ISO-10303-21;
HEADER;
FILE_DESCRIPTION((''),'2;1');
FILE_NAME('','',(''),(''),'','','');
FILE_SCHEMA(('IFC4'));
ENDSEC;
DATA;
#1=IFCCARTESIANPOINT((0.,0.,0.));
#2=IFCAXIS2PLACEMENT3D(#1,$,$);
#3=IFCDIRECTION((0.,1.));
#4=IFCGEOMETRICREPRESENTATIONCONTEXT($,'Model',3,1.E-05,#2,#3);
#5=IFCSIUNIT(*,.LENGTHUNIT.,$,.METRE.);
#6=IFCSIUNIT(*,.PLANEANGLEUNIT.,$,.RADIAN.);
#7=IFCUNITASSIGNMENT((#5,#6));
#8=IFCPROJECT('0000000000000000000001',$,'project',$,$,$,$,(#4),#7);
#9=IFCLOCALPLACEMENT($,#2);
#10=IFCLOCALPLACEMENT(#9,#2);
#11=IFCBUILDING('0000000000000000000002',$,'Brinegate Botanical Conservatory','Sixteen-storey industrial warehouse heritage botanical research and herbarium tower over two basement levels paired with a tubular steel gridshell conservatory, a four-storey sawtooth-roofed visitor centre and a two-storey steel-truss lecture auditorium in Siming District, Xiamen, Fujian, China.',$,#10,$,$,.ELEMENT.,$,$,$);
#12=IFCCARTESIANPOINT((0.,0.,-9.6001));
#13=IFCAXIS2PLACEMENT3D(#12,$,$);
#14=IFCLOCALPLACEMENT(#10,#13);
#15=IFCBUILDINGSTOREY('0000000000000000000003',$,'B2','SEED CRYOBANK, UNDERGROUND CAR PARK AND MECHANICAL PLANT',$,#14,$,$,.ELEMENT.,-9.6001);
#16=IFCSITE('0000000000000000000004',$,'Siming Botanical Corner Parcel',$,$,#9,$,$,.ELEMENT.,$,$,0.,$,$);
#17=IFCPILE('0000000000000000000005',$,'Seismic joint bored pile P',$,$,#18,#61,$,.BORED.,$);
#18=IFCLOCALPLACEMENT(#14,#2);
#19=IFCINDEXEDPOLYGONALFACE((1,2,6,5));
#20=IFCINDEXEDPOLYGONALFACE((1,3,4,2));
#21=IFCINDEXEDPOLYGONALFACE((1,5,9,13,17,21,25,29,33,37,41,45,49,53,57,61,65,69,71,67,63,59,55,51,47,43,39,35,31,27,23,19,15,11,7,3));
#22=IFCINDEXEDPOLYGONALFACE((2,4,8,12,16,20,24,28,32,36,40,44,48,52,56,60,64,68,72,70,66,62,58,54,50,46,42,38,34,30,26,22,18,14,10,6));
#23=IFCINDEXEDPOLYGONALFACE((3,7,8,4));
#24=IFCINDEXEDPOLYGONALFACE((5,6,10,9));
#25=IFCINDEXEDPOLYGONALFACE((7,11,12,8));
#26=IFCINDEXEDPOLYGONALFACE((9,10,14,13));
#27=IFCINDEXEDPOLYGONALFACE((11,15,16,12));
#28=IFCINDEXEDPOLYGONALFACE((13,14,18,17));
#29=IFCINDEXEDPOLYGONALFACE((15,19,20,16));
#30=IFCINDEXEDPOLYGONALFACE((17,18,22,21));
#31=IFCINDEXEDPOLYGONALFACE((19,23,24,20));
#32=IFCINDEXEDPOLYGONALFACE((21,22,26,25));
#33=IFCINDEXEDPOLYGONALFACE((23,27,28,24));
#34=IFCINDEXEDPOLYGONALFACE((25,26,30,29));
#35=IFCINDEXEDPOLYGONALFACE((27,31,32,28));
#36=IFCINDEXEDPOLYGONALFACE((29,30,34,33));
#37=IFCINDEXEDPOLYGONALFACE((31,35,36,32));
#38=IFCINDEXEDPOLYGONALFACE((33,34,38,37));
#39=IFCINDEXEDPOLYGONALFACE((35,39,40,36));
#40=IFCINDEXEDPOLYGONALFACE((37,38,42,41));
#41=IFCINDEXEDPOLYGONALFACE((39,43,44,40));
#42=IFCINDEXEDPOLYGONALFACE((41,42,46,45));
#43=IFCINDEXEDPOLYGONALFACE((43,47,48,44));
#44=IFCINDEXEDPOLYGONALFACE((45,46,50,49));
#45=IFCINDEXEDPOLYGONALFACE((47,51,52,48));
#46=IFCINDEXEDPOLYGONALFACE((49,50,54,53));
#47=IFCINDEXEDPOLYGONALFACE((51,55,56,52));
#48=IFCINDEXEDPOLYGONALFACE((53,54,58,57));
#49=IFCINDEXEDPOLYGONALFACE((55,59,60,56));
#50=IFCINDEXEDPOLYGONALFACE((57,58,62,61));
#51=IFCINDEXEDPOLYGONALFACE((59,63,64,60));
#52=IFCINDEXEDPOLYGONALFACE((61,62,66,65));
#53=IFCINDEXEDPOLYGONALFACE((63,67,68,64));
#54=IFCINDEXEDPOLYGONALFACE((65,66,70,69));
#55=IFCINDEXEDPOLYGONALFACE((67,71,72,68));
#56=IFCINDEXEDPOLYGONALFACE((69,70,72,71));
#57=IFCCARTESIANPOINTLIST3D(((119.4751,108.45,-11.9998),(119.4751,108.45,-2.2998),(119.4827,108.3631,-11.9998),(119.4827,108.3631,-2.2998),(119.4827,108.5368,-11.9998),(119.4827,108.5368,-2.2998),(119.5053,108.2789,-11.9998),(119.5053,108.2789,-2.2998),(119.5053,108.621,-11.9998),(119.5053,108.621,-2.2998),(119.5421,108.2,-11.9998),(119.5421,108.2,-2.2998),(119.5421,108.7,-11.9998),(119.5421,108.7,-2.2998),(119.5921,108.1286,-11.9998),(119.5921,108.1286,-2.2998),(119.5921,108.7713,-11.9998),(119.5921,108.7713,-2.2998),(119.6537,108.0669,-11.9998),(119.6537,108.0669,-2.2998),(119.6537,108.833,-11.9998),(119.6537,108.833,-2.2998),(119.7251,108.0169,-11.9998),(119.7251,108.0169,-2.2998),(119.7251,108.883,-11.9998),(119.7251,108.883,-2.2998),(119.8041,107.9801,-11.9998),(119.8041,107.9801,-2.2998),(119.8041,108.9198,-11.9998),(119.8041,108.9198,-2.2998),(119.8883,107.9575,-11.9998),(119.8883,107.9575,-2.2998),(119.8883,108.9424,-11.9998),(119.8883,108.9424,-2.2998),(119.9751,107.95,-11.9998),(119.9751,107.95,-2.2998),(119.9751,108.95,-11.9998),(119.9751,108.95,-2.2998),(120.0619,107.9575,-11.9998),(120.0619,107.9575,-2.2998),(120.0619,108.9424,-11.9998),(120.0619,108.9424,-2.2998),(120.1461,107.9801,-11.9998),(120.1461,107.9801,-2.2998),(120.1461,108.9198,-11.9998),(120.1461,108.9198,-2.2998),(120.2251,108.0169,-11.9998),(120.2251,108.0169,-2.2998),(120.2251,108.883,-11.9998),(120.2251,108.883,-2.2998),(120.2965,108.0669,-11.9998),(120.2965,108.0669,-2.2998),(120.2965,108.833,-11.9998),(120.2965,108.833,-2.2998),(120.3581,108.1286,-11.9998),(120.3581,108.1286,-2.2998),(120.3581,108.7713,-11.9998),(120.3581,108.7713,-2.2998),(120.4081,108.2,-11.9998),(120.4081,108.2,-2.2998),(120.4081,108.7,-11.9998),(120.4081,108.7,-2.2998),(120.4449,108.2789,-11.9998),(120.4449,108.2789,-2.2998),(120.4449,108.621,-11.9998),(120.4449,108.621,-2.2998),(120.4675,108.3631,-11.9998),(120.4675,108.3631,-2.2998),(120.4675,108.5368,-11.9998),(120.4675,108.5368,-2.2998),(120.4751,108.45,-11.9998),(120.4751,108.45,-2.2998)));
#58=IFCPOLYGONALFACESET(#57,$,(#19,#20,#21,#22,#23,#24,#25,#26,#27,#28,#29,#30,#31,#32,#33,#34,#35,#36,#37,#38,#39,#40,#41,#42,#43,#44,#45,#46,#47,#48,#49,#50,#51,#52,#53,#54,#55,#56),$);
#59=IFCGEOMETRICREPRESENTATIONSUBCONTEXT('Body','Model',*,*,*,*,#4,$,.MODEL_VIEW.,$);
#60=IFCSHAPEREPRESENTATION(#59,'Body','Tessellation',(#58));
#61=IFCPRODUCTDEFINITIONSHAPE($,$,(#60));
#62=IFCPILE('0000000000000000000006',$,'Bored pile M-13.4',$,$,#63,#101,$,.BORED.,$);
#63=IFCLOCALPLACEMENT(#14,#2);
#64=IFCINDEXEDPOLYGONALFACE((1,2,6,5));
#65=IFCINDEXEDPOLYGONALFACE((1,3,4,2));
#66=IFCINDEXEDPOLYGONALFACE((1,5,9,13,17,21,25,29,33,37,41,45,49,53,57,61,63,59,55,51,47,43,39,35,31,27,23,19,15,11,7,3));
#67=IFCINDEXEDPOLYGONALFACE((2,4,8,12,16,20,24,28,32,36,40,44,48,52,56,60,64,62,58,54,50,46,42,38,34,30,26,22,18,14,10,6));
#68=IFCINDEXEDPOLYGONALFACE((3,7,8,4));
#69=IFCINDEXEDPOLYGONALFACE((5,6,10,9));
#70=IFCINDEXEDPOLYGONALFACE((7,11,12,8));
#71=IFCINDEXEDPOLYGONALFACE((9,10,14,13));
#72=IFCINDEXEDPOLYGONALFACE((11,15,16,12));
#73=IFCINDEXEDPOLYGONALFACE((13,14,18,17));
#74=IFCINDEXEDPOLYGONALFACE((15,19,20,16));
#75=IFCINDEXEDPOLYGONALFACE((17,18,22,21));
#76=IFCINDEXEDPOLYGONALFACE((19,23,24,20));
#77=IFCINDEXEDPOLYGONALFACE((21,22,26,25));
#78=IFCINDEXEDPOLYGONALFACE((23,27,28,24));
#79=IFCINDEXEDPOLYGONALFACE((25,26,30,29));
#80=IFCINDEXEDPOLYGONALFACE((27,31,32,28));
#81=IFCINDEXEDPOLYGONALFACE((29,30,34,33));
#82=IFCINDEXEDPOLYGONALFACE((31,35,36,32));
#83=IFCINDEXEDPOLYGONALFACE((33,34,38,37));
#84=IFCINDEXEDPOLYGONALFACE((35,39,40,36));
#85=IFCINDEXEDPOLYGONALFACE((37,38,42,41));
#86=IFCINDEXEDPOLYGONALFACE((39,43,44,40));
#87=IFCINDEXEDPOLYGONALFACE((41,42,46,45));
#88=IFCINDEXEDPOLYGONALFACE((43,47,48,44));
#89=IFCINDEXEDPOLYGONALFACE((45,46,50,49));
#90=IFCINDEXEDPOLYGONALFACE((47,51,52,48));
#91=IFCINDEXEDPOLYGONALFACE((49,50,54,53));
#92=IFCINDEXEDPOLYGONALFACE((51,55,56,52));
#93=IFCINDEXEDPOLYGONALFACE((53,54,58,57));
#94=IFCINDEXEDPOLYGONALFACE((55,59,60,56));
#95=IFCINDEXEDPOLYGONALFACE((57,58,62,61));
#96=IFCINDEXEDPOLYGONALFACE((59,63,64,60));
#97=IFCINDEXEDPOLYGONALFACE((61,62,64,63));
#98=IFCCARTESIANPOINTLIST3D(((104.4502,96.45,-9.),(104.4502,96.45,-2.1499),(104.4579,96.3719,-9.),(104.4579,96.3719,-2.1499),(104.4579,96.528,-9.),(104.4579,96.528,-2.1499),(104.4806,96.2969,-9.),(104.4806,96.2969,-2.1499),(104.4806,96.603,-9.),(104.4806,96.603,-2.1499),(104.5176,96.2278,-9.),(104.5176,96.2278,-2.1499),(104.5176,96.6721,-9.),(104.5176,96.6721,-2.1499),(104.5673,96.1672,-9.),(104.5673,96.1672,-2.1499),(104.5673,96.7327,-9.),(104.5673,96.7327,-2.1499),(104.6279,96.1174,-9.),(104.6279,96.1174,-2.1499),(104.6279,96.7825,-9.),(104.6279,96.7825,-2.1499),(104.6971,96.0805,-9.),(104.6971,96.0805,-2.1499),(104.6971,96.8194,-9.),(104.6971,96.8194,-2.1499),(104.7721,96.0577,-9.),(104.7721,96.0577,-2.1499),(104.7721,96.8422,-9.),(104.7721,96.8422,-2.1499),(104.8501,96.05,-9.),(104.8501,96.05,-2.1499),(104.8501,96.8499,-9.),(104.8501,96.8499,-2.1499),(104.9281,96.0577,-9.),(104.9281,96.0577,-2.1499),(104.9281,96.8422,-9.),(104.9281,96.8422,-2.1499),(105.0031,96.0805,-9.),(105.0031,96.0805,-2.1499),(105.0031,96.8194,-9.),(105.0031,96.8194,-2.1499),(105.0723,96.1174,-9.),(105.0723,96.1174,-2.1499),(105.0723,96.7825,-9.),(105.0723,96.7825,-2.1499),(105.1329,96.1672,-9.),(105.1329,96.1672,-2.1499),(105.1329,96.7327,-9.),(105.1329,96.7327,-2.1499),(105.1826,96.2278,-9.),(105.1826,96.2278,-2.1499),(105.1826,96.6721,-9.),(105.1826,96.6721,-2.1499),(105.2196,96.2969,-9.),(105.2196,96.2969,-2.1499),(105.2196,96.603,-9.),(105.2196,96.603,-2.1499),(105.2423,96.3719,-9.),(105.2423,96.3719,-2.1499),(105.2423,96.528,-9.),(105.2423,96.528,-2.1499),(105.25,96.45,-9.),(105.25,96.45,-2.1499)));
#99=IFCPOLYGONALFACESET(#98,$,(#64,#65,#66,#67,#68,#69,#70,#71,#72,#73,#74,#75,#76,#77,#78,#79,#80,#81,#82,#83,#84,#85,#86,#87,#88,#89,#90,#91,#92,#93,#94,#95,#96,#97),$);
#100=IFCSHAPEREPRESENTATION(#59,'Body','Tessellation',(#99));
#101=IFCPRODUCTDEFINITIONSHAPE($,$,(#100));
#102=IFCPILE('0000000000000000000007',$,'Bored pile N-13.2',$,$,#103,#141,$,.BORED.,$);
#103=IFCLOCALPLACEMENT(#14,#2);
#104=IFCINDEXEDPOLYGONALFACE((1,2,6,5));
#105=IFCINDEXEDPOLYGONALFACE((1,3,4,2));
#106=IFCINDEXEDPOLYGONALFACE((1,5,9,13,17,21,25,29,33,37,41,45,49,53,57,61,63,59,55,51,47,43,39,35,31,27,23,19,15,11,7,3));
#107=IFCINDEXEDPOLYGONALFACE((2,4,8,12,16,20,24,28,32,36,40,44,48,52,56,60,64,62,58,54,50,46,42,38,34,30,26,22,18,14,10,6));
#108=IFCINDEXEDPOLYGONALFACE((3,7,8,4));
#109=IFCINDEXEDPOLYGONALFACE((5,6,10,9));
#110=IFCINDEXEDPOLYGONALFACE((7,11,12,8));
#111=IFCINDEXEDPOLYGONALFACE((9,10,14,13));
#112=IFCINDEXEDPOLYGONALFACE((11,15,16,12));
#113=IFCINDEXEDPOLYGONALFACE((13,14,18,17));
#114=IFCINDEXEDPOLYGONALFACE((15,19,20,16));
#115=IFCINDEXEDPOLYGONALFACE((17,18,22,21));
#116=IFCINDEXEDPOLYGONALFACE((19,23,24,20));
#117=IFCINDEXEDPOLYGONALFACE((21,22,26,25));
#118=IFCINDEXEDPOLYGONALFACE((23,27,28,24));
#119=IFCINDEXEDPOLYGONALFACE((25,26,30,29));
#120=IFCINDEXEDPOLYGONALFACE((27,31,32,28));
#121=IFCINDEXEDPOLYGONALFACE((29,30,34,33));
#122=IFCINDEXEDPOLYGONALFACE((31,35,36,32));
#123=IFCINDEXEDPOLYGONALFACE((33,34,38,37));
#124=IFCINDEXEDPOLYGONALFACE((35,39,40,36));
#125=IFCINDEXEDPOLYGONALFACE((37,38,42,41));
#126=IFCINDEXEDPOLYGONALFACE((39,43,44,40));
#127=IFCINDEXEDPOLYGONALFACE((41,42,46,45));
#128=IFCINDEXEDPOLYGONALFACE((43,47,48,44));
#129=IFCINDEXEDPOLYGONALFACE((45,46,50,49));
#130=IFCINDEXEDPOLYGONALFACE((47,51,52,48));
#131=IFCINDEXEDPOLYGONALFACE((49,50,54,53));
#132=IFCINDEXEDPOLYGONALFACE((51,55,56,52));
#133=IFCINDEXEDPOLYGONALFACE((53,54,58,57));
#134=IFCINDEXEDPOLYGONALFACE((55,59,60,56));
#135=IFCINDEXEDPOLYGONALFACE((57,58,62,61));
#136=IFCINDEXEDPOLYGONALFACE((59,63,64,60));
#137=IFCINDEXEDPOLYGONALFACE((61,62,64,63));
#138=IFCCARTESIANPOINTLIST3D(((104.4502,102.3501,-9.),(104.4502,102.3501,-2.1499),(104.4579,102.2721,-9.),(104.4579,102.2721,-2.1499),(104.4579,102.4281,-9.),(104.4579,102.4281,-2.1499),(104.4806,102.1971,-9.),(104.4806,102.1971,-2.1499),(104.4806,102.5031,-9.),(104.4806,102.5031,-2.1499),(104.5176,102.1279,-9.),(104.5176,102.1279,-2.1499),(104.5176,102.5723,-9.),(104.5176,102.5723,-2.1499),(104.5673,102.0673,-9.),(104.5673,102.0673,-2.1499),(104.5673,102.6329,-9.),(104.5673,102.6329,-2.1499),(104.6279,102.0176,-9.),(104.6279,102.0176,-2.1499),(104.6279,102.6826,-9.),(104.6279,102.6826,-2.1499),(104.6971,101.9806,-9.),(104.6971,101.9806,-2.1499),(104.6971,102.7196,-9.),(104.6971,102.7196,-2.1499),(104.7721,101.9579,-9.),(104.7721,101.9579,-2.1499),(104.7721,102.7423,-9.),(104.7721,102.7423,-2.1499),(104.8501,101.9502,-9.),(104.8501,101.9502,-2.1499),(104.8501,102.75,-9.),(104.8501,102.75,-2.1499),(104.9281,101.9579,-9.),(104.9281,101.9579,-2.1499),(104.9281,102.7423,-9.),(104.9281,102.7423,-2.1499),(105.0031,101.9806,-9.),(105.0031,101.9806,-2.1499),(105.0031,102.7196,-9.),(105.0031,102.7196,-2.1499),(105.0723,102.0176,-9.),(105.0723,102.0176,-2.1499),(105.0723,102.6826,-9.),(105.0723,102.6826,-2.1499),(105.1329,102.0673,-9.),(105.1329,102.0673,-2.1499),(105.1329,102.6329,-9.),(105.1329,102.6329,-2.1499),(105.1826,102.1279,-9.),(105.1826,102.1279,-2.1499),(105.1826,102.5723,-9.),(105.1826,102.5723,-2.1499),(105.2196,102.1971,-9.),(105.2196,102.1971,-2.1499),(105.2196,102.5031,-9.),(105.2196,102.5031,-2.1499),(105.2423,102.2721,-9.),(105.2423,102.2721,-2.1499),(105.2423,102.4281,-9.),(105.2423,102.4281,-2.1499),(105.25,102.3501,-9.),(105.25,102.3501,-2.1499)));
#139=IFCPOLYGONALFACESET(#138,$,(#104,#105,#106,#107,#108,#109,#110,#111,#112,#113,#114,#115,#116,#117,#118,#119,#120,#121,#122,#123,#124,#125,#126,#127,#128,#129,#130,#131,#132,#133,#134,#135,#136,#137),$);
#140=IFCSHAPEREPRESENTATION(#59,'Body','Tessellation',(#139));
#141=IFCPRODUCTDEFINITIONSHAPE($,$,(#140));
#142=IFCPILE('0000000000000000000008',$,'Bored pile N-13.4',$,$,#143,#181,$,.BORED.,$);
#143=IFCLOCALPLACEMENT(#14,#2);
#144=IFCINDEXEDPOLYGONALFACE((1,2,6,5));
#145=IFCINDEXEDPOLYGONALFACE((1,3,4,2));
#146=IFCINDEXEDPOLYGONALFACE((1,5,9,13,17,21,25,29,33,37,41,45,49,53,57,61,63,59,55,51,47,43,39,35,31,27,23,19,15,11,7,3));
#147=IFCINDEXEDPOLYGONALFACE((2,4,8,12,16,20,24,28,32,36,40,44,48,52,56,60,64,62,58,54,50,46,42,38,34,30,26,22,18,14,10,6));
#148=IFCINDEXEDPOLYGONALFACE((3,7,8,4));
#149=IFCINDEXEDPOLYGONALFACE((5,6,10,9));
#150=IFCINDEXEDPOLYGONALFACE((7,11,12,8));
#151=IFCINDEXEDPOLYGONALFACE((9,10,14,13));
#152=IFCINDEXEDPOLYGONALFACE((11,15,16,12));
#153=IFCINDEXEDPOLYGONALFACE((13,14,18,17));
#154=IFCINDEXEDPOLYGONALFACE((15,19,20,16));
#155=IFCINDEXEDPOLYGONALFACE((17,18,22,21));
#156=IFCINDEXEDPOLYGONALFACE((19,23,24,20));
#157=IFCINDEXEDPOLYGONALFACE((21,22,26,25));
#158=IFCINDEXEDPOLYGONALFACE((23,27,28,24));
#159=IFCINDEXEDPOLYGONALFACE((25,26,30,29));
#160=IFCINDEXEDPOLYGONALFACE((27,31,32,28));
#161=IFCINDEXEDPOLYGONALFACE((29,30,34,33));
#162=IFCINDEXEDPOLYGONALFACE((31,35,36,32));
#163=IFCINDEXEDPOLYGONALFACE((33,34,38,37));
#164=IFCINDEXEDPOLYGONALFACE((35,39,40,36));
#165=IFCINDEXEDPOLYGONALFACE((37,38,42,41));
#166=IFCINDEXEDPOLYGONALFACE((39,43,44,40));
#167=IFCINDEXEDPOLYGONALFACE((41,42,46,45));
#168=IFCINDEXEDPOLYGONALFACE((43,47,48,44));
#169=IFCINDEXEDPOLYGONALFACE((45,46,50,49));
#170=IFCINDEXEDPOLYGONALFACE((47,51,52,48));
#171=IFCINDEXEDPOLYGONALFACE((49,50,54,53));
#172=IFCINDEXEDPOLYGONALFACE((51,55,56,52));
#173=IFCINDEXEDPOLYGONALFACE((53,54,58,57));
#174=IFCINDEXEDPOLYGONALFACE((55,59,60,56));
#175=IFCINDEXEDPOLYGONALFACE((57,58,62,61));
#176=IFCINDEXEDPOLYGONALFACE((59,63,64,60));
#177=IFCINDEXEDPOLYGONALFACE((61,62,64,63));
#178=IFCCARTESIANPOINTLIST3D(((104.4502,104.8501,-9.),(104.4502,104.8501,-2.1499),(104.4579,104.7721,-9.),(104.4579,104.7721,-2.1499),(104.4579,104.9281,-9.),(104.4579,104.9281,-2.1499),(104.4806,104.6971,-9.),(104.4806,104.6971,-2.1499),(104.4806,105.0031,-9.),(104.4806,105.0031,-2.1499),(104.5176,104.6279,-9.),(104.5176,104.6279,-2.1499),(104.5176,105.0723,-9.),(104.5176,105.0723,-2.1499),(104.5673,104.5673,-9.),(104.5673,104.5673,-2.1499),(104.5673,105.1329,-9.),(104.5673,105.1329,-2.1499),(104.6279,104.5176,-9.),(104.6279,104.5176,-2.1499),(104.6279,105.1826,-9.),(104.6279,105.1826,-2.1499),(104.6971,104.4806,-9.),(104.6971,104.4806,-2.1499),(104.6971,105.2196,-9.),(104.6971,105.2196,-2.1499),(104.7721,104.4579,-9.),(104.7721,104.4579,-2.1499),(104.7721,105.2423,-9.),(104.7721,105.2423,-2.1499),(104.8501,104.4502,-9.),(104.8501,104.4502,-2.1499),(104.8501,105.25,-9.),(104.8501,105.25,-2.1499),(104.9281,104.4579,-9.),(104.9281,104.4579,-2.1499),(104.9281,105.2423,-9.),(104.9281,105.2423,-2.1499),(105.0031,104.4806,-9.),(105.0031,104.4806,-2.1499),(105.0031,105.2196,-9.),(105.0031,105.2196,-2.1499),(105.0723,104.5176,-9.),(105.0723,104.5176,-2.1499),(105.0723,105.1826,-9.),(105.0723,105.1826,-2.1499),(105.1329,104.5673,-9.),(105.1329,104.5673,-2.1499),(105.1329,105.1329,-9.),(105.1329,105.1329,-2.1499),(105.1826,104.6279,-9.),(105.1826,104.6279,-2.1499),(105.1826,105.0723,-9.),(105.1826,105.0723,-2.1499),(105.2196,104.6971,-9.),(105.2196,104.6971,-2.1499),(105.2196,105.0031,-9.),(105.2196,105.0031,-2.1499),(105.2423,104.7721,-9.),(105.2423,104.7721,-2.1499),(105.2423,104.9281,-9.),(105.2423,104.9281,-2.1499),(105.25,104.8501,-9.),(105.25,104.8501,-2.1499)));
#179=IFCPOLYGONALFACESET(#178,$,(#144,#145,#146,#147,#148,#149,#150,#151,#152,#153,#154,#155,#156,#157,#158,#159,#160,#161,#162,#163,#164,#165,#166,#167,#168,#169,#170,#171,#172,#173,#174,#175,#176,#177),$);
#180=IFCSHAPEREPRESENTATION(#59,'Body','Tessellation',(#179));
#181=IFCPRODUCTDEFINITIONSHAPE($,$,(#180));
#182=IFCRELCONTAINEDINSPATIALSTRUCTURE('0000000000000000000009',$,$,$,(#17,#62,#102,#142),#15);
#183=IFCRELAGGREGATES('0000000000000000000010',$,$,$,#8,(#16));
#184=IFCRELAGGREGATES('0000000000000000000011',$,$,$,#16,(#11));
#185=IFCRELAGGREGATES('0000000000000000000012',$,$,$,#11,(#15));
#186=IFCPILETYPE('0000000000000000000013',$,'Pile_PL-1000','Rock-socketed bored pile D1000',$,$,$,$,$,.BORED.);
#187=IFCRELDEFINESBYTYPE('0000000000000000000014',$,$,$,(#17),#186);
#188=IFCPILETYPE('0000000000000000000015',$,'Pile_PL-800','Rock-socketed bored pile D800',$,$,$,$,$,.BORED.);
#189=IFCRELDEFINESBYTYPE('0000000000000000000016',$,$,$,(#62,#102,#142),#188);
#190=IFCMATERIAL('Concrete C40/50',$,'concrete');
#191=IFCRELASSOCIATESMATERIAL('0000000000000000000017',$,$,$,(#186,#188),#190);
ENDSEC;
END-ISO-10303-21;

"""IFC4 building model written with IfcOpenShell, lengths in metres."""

from ifc_helpers import new_model, si_unit, direction, frame, origin, origin_2d, place, context, subcontext, project, spatial, circle, extrude, material, material_profile, profile_set, type_object, element, save


model = new_model("IFC4")

# Units and contexts
model_context = context("Model", 3, precision=1e-05, world=origin(), true_north=direction((0.0, 1.0)))
body_context = subcontext(model_context, "Body", "Model", "MODEL_VIEW")
ifc_project = project(units=[si_unit("LENGTHUNIT", "METRE"), si_unit("PLANEANGLEUNIT", "RADIAN")], contexts=[model_context])

# Site, building, storey
site_placement = place(None, origin())
site = spatial("IfcSite", under=ifc_project, at=site_placement, Name="Siming Botanical Corner Parcel", CompositionType="ELEMENT", RefElevation=0.0)
building_placement = place(site_placement, origin())
building = spatial("IfcBuilding", under=site, at=building_placement, Name="Brinegate Botanical Conservatory", Description="Sixteen-storey industrial warehouse heritage botanical research and herbarium tower over two basement levels paired with a tubular steel gridshell conservatory, a four-storey sawtooth-roofed visitor centre and a two-storey steel-truss lecture auditorium in Siming District, Xiamen, Fujian, China.", CompositionType="ELEMENT")
storey_placement = place(building_placement, frame((0.0, 0.0, -9.6001)))
storey = spatial("IfcBuildingStorey", under=building, at=storey_placement, Name="B2", Description="SEED CRYOBANK, UNDERGROUND CAR PARK AND MECHANICAL PLANT", CompositionType="ELEMENT", Elevation=-9.6001)

# Shared definitions
ifc_material = material(Name="Concrete C40/50", Category="concrete")

# Piles
ifc_material_profile_1 = material_profile(ifc_material, circle(Radius=0.5, at=origin_2d()), Name="PILE D1000")
ifc_profile_set_1 = profile_set([ifc_material_profile_1], Name="Concrete C40/50")
pile_type_1 = type_object("IfcPileType", Name="Pile_PL-1000", Description="Rock-socketed bored pile D1000", PredefinedType="BORED", material=ifc_profile_set_1)
for number, where, z_axis, x_axis, name in (
    (1, (119.9751, 108.45, -2.2998), (0.0, 0.0, -1.0), (1.0, 0.0, 0.0), "Seismic joint bored pile P"),
):
    element("IfcPile", number, at=place(storey_placement, frame(where, z_axis=z_axis, x_axis=x_axis)), inside=storey, type_object=pile_type_1, Name=name, PredefinedType="BORED", context=body_context, shape_type="SweptSolid", body=[
        extrude(circle(Radius=0.5, at=origin_2d()), origin(), (0.0, 0.0, 1.0), 9.7),
    ])
ifc_material_profile_2 = material_profile(ifc_material, circle(Radius=0.3999, at=origin_2d()), Name="PILE D800")
ifc_profile_set_2 = profile_set([ifc_material_profile_2], Name="Concrete C40/50")
pile_type_2 = type_object("IfcPileType", Name="Pile_PL-800", Description="Rock-socketed bored pile D800", PredefinedType="BORED", material=ifc_profile_set_2)
for number, where, z_axis, x_axis, name in (
    (2, (104.8501, 96.45, -2.1499), (0.0, 0.0, -1.0), (1.0, 0.0, 0.0), "Bored pile M-13.4"),
    (3, (104.8501, 102.3501, -2.1499), (0.0, 0.0, -1.0), (1.0, 0.0, 0.0), "Bored pile N-13.2"),
    (4, (104.8501, 104.8501, -2.1499), (0.0, 0.0, -1.0), (1.0, 0.0, 0.0), "Bored pile N-13.4"),
):
    element("IfcPile", number, at=place(storey_placement, frame(where, z_axis=z_axis, x_axis=x_axis)), inside=storey, type_object=pile_type_2, Name=name, PredefinedType="BORED", context=body_context, shape_type="SweptSolid", body=[
        extrude(circle(Radius=0.3999, at=origin_2d()), origin(), (0.0, 0.0, 1.0), 6.8501),
    ])

save(model, "model.ifc")
